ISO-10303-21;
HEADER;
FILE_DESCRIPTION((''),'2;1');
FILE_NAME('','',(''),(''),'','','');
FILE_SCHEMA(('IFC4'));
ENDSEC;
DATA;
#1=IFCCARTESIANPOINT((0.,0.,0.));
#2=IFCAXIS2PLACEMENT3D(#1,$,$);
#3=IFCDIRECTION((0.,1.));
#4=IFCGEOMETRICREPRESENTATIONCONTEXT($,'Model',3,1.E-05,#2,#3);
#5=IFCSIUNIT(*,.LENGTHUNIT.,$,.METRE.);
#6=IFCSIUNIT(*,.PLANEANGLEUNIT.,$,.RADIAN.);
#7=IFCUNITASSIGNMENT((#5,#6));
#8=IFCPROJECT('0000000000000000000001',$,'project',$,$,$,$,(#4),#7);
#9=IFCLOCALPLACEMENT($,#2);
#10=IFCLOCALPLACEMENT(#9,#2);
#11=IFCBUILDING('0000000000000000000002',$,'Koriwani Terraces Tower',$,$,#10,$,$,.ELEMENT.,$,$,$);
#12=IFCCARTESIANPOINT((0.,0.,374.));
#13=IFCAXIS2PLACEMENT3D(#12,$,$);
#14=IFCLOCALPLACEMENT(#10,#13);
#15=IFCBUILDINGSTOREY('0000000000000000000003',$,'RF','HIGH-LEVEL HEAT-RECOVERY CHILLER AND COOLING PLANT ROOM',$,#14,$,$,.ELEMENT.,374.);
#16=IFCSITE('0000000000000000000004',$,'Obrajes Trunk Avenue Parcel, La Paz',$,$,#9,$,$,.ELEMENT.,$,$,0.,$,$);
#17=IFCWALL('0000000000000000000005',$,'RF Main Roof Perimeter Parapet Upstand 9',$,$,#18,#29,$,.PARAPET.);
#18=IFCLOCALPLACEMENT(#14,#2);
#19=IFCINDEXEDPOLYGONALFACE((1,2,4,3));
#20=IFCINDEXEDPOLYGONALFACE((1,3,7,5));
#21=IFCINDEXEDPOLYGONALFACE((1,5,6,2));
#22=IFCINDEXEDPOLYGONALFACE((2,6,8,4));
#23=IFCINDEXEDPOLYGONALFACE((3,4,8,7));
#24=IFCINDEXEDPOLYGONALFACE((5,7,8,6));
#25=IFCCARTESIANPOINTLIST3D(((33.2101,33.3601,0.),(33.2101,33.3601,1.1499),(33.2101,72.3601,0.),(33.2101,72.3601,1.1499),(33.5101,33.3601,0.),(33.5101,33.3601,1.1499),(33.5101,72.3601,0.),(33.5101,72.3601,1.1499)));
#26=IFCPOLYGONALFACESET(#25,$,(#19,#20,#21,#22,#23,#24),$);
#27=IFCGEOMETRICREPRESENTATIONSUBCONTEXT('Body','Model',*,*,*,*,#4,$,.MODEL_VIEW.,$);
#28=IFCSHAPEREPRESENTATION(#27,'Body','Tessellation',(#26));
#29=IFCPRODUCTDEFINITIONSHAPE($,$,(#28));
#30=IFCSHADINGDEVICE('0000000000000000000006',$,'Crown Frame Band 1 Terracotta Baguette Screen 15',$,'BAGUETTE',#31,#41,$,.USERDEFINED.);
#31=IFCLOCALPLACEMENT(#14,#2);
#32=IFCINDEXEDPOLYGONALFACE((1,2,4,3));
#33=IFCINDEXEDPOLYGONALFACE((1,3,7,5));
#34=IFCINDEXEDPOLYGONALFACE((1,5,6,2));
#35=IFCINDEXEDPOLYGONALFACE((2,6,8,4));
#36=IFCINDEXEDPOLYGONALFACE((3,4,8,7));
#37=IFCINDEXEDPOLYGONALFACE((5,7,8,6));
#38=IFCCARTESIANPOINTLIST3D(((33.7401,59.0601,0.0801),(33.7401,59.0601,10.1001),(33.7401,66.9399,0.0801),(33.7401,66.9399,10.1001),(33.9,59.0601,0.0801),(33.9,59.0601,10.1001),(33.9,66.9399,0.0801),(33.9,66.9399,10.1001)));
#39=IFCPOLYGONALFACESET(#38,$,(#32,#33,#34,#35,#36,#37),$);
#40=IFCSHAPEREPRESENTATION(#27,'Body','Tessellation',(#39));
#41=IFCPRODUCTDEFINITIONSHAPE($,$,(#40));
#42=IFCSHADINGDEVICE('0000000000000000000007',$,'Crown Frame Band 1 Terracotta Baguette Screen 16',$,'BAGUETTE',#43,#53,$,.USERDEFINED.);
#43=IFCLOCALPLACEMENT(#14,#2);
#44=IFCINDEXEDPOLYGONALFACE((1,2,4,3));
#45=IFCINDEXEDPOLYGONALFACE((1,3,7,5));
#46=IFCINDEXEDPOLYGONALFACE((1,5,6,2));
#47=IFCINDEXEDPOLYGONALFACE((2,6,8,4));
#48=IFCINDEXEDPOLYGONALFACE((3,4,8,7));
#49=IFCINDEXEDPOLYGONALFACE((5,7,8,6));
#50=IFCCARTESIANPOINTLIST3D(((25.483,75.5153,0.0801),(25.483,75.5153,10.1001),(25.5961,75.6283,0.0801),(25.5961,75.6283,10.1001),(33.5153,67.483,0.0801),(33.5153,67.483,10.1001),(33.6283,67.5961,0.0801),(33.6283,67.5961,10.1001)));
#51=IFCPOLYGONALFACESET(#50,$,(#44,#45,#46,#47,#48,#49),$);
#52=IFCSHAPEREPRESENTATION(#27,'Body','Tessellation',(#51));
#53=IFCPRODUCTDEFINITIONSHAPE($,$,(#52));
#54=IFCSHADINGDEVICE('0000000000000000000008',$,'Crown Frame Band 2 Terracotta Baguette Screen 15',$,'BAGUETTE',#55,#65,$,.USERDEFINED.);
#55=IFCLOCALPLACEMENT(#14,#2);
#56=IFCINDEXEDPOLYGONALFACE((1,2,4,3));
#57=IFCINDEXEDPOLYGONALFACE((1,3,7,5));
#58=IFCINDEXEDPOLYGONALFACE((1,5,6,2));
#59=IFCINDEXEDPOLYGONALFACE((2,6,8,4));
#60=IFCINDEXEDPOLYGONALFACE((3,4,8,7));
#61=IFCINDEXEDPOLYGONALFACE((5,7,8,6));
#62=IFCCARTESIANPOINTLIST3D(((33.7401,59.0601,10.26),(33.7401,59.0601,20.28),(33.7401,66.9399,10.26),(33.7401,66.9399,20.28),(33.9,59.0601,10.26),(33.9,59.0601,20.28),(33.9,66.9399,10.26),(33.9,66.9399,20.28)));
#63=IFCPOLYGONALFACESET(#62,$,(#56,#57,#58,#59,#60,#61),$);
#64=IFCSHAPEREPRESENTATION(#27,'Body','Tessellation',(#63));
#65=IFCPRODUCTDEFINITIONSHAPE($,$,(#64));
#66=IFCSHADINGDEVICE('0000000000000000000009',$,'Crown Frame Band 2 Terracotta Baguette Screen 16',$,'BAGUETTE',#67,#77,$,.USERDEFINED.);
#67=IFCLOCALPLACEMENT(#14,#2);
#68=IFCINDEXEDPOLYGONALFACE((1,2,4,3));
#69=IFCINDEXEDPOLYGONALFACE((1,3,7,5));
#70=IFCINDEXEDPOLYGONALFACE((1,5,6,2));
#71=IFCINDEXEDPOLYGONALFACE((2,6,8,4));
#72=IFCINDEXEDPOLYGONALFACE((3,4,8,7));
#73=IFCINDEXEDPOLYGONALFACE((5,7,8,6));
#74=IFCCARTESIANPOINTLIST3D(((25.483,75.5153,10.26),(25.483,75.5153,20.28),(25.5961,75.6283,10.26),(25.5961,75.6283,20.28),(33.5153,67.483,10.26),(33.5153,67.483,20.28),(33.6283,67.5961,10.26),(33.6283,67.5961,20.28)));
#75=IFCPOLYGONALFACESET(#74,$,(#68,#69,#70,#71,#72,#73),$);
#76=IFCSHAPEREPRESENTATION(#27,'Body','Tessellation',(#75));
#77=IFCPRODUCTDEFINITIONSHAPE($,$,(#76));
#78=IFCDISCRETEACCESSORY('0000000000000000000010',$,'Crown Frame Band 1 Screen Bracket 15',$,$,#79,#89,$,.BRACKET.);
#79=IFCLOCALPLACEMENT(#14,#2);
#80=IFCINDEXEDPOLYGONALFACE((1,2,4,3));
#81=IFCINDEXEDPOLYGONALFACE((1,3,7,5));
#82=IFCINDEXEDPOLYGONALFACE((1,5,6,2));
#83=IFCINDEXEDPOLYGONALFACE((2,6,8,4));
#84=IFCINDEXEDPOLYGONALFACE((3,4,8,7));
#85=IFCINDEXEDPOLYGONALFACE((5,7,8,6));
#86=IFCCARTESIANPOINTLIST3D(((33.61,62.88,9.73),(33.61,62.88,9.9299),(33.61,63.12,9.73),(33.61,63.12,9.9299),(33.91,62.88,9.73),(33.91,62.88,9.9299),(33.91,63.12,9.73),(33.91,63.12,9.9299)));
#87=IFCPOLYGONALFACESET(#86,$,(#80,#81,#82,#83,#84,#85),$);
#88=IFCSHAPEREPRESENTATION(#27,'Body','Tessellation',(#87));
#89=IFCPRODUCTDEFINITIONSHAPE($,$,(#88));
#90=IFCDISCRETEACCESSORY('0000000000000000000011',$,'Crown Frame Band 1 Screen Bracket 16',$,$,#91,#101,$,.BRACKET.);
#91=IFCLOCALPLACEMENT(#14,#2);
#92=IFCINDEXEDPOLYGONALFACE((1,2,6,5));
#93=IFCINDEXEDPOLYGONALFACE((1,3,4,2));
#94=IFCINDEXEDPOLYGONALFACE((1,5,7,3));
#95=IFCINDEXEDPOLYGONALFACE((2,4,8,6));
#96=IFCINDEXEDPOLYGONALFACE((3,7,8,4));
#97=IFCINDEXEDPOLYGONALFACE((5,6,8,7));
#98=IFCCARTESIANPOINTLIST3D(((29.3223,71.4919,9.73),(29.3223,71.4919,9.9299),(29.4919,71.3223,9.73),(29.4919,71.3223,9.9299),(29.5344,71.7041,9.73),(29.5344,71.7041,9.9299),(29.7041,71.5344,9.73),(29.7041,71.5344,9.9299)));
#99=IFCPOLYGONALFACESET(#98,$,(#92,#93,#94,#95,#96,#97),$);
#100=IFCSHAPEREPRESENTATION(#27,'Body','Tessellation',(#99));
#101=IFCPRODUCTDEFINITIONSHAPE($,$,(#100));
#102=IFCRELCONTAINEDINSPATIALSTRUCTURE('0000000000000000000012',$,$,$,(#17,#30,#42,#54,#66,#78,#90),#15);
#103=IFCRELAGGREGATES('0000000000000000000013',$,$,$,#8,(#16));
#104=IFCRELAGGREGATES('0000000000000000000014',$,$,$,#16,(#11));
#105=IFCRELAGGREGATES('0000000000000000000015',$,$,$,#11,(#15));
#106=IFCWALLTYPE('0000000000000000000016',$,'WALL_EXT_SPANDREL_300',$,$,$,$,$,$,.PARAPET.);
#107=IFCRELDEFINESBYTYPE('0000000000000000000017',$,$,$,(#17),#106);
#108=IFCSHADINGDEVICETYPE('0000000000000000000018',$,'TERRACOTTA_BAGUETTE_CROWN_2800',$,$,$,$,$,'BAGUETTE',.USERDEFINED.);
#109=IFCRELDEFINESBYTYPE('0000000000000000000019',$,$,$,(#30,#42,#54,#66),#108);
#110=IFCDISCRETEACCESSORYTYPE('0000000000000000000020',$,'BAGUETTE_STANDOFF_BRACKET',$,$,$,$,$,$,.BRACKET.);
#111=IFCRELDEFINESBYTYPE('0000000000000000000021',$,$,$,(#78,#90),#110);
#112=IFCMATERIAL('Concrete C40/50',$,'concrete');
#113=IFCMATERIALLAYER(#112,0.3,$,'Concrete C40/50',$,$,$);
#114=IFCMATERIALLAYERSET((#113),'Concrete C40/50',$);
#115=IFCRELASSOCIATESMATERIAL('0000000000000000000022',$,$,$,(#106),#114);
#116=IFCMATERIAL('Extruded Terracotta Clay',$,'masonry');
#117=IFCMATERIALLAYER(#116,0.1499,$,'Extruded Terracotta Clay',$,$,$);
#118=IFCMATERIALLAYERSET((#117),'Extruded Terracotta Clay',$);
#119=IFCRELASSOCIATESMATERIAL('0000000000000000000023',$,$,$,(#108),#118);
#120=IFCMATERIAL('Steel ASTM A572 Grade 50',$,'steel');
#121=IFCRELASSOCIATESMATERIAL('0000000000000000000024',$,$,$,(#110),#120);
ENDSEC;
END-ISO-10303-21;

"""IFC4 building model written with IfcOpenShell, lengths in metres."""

from ifc_helpers import new_model, si_unit, direction, frame, frame_2d, origin, origin_2d, place, context, subcontext, project, spatial, rectangle, extrude, material, layer, layer_set, type_object, element, save


model = new_model("IFC4")

# Units and contexts
model_context = context("Model", 3, precision=1e-05, world=origin(), true_north=direction((0.0, 1.0)))
body_context = subcontext(model_context, "Body", "Model", "MODEL_VIEW")
ifc_project = project(units=[si_unit("LENGTHUNIT", "METRE"), si_unit("PLANEANGLEUNIT", "RADIAN")], contexts=[model_context])

# Site, building, storey
site_placement = place(None, origin())
site = spatial("IfcSite", under=ifc_project, at=site_placement, Name="Obrajes Trunk Avenue Parcel, La Paz", CompositionType="ELEMENT", RefElevation=0.0)
building_placement = place(site_placement, origin())
building = spatial("IfcBuilding", under=site, at=building_placement, Name="Koriwani Terraces Tower", CompositionType="ELEMENT")
storey_placement = place(building_placement, frame((0.0, 0.0, 374.0)))
storey = spatial("IfcBuildingStorey", under=building, at=storey_placement, Name="RF", Description="HIGH-LEVEL HEAT-RECOVERY CHILLER AND COOLING PLANT ROOM", CompositionType="ELEMENT", Elevation=374.0)

# Shared definitions
ifc_material_1 = material(Name="Steel ASTM A572 Grade 50", Category="steel")

# Shared definitions
ifc_material_2 = material(Name="Concrete C40/50", Category="concrete")

# Wall
ifc_layer_1 = layer(ifc_material_2, 0.3, Name="Concrete C40/50")
ifc_layer_set_1 = layer_set([ifc_layer_1], Name="Concrete C40/50")
wall_type = type_object("IfcWallType", Name="WALL_EXT_SPANDREL_300", PredefinedType="PARAPET", material=ifc_layer_set_1)
wall_placement = place(storey_placement, frame((33.3601, 72.3601, 0.0), z_axis=(0.0, 0.0, 1.0), x_axis=(0.0, -1.0, 0.0)))
element("IfcWall", 1, at=wall_placement, inside=storey, type_object=wall_type, Name="RF Main Roof Perimeter Parapet Upstand 9", PredefinedType="PARAPET", context=body_context, shape_type="SweptSolid", body=[
    extrude(rectangle(XDim=39.0, YDim=0.3, at=frame_2d((19.5, 0.0))), origin(), (0.0, 0.0, 1.0), 1.1499),
])

# Shading devices
ifc_material_3 = material(Name="Extruded Terracotta Clay", Category="masonry")
ifc_layer_2 = layer(ifc_material_3, 0.1499, Name="Extruded Terracotta Clay")
ifc_layer_set_2 = layer_set([ifc_layer_2], Name="Extruded Terracotta Clay")
shading_device_type = type_object("IfcShadingDeviceType", Name="TERRACOTTA_BAGUETTE_CROWN_2800", ElementType="BAGUETTE", PredefinedType="USERDEFINED", material=ifc_layer_set_2)
shading_device_1_placement = place(storey_placement, frame((33.8201, 63.0, 0.0801), z_axis=(0.0, 0.0, 1.0), x_axis=(0.0, 1.0, 0.0)))
element("IfcShadingDevice", 2, at=shading_device_1_placement, inside=storey, type_object=shading_device_type, Name="Crown Frame Band 1 Terracotta Baguette Screen 15", ObjectType="BAGUETTE", PredefinedType="USERDEFINED", context=body_context, shape_type="SweptSolid", body=[
    extrude(rectangle(XDim=7.8799, YDim=0.1599, at=origin_2d()), origin(), (0.0, 0.0, 1.0), 10.02),
])
shading_device_2_placement = place(storey_placement, frame((29.5557, 71.5557, 0.0801), z_axis=(0.0, 0.0, 1.0), x_axis=(-0.707107, 0.707107, 0.0)))
element("IfcShadingDevice", 3, at=shading_device_2_placement, inside=storey, type_object=shading_device_type, Name="Crown Frame Band 1 Terracotta Baguette Screen 16", ObjectType="BAGUETTE", PredefinedType="USERDEFINED", context=body_context, shape_type="SweptSolid", body=[
    extrude(rectangle(XDim=11.3594, YDim=0.1599, at=origin_2d()), origin(), (0.0, 0.0, 1.0), 10.02),
])
shading_device_3_placement = place(storey_placement, frame((33.8201, 63.0, 10.26), z_axis=(0.0, 0.0, 1.0), x_axis=(0.0, 1.0, 0.0)))
element("IfcShadingDevice", 4, at=shading_device_3_placement, inside=storey, type_object=shading_device_type, Name="Crown Frame Band 2 Terracotta Baguette Screen 15", ObjectType="BAGUETTE", PredefinedType="USERDEFINED", context=body_context, shape_type="SweptSolid", body=[
    extrude(rectangle(XDim=7.8799, YDim=0.1599, at=origin_2d()), origin(), (0.0, 0.0, 1.0), 10.02),
])
shading_device_4_placement = place(storey_placement, frame((29.5557, 71.5557, 10.26), z_axis=(0.0, 0.0, 1.0), x_axis=(-0.707107, 0.707107, 0.0)))
element("IfcShadingDevice", 5, at=shading_device_4_placement, inside=storey, type_object=shading_device_type, Name="Crown Frame Band 2 Terracotta Baguette Screen 16", ObjectType="BAGUETTE", PredefinedType="USERDEFINED", context=body_context, shape_type="SweptSolid", body=[
    extrude(rectangle(XDim=11.3594, YDim=0.1599, at=origin_2d()), origin(), (0.0, 0.0, 1.0), 10.02),
])

# Discrete accessories
discrete_accessory_type = type_object("IfcDiscreteAccessoryType", Name="BAGUETTE_STANDOFF_BRACKET", PredefinedType="BRACKET", material=ifc_material_1)
for number, where, z_axis, x_axis, name in (
    (6, (33.76, 63.0, 9.73), (0.0, 0.0, 1.0), (0.0, 1.0, 0.0), "Crown Frame Band 1 Screen Bracket 15"),
    (7, (29.5132, 71.5132, 9.73), (0.0, 0.0, 1.0), (-0.707107, 0.707107, 0.0), "Crown Frame Band 1 Screen Bracket 16"),
):
    element("IfcDiscreteAccessory", number, at=place(storey_placement, frame(where, z_axis=z_axis, x_axis=x_axis)), inside=storey, type_object=discrete_accessory_type, Name=name, PredefinedType="BRACKET", context=body_context, shape_type="SweptSolid", body=[
        extrude(rectangle(XDim=0.24, YDim=0.3, at=origin_2d()), origin(), (0.0, 0.0, 1.0), 0.2),
    ])

save(model, "model.ifc")
